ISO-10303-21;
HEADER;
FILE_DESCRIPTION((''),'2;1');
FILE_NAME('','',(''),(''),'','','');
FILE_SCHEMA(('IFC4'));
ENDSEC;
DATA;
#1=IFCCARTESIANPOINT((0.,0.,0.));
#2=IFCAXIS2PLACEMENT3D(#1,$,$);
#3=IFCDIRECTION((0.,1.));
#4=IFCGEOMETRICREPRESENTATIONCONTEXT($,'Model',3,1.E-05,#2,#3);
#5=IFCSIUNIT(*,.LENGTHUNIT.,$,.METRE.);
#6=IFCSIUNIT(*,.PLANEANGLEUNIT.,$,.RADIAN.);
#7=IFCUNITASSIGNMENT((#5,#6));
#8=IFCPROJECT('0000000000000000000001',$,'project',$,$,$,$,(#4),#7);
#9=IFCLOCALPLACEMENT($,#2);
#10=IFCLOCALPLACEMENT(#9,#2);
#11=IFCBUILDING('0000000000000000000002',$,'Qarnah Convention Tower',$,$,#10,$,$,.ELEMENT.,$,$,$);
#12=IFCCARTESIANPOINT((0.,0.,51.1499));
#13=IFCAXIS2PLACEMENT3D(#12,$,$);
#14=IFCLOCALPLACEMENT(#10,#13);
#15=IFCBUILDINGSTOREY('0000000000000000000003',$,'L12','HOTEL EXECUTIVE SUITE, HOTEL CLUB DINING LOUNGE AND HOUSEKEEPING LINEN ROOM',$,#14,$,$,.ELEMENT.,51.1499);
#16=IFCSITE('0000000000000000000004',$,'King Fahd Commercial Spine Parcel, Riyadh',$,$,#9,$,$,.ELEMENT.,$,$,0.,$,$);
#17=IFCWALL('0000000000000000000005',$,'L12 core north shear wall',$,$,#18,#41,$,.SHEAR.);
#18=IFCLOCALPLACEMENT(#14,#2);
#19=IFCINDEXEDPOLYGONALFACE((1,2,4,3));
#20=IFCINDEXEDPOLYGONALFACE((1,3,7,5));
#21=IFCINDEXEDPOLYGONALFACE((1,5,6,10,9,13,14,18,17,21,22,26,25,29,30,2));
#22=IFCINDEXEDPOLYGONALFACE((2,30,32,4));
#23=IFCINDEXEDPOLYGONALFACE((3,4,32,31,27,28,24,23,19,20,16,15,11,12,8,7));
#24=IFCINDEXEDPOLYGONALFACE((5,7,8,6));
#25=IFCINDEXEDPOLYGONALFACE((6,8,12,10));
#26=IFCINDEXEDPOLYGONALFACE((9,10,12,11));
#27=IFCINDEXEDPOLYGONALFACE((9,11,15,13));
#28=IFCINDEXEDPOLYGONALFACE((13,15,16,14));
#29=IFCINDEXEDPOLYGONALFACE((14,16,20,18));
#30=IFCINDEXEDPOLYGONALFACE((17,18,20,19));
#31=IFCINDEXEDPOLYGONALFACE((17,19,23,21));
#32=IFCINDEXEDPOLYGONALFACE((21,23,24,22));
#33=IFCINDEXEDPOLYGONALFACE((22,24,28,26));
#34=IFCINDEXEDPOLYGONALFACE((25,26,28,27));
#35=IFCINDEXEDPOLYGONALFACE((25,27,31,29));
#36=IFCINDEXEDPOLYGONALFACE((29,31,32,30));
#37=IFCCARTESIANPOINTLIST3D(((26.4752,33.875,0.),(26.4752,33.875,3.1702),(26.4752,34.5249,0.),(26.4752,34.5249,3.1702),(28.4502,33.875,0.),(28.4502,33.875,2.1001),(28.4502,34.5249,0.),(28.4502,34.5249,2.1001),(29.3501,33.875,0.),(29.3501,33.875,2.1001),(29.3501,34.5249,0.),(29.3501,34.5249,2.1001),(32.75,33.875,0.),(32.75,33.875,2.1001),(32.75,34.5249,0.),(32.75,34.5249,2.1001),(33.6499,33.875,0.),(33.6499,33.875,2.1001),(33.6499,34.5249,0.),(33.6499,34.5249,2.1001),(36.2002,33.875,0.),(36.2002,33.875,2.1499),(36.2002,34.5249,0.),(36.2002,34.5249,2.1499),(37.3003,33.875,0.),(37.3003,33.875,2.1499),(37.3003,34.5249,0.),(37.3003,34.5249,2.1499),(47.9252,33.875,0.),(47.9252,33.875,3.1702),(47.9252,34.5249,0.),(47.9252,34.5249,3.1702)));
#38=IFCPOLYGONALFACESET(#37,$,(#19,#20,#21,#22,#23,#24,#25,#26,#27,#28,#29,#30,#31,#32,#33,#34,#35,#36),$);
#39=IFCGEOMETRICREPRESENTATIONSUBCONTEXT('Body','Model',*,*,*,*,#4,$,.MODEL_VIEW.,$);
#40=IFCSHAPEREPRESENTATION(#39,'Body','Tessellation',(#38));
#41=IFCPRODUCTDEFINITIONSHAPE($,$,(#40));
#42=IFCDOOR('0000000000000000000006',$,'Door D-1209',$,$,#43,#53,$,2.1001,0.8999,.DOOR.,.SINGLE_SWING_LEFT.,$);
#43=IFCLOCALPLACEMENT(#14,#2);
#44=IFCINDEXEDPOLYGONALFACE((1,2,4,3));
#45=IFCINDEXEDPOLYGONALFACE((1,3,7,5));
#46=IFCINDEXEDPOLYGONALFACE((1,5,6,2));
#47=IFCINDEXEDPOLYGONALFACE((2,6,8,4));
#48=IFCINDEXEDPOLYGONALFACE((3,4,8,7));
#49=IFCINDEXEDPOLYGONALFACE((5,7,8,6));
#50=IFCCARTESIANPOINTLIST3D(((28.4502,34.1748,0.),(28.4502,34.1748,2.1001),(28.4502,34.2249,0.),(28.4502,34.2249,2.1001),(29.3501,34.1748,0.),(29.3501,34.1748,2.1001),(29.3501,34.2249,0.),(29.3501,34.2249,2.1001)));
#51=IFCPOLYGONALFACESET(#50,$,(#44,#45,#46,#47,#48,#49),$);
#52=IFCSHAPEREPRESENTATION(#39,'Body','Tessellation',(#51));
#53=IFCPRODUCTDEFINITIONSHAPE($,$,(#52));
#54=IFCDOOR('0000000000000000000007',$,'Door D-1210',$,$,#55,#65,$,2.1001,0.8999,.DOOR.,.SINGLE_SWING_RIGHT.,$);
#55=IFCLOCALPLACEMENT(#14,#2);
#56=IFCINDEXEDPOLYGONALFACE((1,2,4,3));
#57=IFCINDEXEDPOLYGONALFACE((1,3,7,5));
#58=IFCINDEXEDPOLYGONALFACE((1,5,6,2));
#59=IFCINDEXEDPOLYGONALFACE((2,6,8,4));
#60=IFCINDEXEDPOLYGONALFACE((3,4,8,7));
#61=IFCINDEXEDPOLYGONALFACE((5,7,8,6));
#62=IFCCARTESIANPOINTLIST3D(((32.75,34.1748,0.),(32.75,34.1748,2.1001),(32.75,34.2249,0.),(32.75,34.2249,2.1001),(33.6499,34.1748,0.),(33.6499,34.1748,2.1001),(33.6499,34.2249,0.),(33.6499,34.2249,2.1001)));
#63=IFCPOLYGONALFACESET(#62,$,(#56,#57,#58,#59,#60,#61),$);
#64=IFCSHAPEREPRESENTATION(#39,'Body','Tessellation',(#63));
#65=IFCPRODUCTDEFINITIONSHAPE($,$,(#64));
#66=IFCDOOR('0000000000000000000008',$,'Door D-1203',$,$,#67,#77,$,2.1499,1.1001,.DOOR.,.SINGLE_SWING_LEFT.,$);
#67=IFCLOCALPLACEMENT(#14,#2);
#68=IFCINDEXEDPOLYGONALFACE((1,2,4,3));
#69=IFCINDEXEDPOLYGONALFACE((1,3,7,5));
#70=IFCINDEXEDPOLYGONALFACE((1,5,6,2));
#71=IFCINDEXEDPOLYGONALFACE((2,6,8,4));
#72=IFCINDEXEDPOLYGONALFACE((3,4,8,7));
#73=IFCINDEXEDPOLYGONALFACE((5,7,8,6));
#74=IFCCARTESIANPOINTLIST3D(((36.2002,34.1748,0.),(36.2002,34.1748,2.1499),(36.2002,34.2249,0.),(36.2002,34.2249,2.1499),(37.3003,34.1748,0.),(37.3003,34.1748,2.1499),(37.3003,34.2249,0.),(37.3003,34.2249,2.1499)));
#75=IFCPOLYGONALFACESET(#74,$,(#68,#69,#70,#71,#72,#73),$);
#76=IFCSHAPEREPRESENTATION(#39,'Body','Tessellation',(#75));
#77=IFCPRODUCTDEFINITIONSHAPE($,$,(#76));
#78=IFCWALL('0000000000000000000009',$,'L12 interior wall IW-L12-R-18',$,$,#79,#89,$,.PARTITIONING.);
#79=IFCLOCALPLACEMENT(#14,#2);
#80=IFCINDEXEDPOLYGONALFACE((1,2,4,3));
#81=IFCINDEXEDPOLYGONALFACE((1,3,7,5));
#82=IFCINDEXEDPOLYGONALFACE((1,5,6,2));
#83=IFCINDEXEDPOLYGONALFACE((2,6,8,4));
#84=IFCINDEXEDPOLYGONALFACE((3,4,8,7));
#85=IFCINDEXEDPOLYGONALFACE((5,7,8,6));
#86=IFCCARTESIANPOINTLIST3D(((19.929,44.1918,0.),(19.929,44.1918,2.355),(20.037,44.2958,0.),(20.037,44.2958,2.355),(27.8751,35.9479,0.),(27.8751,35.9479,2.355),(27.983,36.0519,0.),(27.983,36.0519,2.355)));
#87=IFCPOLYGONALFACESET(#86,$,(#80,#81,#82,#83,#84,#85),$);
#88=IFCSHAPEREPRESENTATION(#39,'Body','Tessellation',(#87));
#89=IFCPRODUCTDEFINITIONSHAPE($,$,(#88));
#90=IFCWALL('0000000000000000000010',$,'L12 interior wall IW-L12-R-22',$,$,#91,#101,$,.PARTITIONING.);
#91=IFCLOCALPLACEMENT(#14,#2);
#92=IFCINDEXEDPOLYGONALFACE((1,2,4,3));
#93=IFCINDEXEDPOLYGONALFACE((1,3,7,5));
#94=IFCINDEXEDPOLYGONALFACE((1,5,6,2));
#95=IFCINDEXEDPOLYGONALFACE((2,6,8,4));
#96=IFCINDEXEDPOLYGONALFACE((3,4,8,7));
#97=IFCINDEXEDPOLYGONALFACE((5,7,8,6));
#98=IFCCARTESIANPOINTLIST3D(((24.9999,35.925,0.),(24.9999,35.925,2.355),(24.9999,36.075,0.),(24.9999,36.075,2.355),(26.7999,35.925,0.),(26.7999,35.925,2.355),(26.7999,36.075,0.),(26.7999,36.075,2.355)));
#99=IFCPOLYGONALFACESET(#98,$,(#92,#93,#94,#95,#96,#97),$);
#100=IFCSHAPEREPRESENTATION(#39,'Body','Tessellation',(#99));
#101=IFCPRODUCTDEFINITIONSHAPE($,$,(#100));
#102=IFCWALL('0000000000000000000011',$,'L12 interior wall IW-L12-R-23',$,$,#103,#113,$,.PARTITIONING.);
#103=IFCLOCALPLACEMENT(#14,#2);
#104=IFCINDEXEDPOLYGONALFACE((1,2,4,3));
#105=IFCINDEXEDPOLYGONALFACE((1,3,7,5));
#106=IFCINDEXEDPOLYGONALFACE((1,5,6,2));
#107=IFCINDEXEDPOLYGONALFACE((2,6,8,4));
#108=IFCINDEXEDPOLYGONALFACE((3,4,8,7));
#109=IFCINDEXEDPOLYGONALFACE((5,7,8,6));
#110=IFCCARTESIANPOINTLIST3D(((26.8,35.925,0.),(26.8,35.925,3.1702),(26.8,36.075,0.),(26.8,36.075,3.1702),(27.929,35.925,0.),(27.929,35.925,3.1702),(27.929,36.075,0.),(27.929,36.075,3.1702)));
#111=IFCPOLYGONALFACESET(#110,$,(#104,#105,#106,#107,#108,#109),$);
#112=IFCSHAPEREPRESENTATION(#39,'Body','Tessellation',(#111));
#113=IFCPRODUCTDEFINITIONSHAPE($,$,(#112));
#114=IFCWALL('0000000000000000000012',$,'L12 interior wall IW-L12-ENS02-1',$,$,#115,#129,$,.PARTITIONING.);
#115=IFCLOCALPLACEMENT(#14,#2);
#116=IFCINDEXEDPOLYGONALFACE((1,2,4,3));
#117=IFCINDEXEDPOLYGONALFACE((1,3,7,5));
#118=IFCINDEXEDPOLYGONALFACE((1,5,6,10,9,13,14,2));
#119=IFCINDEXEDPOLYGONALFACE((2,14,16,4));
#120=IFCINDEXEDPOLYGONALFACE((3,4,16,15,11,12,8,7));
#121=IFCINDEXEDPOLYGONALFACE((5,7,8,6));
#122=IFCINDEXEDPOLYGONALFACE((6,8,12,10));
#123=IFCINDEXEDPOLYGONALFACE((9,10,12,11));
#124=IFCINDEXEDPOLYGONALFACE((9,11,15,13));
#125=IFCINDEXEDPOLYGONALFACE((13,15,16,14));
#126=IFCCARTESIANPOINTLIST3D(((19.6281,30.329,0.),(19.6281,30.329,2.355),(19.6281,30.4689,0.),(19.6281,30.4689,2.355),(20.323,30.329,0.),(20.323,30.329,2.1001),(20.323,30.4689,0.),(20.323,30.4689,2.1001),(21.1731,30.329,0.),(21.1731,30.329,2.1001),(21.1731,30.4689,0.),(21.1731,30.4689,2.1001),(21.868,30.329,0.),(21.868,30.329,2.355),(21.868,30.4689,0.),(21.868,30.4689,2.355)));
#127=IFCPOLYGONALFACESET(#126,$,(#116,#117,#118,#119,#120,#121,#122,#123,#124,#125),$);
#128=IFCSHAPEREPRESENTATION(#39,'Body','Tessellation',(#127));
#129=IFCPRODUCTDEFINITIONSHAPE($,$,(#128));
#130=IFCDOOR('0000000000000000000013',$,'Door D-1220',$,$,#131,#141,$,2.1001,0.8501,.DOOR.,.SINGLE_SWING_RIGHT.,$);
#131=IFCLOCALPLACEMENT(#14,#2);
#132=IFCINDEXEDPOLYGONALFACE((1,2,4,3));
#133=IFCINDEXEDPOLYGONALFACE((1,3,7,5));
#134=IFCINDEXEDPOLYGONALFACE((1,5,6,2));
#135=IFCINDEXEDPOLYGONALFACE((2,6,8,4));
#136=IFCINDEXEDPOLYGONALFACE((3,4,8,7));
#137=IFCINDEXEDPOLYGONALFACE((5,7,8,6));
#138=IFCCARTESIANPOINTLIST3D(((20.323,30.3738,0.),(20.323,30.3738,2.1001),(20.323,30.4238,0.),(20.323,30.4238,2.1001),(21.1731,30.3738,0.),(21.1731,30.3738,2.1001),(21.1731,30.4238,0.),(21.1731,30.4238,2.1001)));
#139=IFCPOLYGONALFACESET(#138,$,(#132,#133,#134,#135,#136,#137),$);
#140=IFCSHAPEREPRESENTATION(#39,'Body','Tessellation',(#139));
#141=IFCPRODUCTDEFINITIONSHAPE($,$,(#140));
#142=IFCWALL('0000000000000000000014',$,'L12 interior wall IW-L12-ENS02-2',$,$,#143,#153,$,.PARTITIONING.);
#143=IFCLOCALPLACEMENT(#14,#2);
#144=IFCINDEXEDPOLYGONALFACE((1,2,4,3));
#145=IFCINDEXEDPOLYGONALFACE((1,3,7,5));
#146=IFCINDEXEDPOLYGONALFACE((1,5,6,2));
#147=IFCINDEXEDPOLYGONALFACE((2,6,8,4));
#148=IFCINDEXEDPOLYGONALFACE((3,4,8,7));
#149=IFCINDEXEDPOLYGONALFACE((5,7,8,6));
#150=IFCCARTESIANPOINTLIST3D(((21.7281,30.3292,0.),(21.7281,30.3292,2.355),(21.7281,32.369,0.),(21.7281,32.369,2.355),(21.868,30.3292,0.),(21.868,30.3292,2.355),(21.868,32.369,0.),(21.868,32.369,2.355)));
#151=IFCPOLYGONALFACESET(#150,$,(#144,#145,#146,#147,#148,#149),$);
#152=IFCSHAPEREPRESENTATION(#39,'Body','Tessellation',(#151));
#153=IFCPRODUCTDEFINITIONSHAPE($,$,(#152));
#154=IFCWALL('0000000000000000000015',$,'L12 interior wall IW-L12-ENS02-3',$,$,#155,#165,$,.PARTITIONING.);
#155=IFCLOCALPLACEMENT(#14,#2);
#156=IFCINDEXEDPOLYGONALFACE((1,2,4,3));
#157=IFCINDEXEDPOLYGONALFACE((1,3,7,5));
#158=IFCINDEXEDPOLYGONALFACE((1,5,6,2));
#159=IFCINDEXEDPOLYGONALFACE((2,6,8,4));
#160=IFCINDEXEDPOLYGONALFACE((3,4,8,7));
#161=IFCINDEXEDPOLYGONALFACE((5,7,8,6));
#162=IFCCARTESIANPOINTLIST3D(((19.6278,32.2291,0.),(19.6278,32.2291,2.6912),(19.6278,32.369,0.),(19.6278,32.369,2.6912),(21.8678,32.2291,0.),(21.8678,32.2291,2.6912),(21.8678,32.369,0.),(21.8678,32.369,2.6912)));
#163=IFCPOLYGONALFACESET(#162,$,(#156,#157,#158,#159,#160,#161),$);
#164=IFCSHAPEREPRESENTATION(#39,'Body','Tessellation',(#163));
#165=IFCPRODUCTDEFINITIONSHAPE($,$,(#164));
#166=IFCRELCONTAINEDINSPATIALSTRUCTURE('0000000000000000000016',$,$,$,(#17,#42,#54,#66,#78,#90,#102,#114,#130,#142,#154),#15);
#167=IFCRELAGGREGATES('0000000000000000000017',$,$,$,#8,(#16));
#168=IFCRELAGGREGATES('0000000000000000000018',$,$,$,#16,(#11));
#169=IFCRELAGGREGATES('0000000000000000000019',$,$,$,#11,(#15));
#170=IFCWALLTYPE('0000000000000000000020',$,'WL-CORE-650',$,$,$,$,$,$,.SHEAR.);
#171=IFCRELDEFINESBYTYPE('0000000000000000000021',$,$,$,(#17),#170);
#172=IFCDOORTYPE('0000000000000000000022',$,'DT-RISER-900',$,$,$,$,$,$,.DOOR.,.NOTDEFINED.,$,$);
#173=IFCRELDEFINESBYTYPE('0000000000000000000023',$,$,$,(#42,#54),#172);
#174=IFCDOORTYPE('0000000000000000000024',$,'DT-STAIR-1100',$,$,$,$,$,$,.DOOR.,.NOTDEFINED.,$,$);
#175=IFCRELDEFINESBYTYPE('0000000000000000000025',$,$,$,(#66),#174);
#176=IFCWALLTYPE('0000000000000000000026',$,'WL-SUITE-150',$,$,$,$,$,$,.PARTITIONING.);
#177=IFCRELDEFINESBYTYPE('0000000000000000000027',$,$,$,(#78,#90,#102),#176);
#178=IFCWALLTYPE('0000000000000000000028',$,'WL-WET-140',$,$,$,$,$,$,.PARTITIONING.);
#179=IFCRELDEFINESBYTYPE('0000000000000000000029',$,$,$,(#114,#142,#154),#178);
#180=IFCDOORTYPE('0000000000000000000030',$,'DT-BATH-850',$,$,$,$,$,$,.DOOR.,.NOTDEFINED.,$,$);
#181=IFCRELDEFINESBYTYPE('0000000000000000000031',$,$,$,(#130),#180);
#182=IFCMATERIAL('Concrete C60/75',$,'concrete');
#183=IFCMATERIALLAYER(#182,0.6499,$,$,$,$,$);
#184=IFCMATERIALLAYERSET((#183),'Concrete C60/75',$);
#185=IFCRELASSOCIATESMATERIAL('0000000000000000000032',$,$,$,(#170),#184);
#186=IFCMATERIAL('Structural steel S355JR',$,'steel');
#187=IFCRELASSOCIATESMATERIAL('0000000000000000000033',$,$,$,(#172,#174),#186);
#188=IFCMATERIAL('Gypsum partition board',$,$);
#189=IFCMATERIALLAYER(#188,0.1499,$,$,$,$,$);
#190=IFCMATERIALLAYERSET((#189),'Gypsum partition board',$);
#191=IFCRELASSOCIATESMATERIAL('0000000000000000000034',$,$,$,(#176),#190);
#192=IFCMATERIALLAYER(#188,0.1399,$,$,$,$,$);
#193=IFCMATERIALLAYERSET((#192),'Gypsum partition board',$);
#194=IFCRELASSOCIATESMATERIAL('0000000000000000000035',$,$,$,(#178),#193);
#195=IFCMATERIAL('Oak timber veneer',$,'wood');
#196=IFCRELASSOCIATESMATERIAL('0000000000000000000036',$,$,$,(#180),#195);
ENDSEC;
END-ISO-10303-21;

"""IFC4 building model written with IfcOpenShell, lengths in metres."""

from ifc_helpers import new_model, si_unit, direction, frame, frame_2d, origin, place, context, subcontext, project, spatial, rectangle, extrude, material, layer, layer_set, type_object, element, fill, save


model = new_model("IFC4")

# Units and contexts
model_context = context("Model", 3, precision=1e-05, world=origin(), true_north=direction((0.0, 1.0)))
body_context = subcontext(model_context, "Body", "Model", "MODEL_VIEW")
ifc_project = project(units=[si_unit("LENGTHUNIT", "METRE"), si_unit("PLANEANGLEUNIT", "RADIAN")], contexts=[model_context])

# Site, building, storey
site_placement = place(None, origin())
site = spatial("IfcSite", under=ifc_project, at=site_placement, Name="King Fahd Commercial Spine Parcel, Riyadh", CompositionType="ELEMENT", RefElevation=0.0)
building_placement = place(site_placement, origin())
building = spatial("IfcBuilding", under=site, at=building_placement, Name="Qarnah Convention Tower", CompositionType="ELEMENT")
storey_placement = place(building_placement, frame((0.0, 0.0, 51.1499)))
storey = spatial("IfcBuildingStorey", under=building, at=storey_placement, Name="L12", Description="HOTEL EXECUTIVE SUITE, HOTEL CLUB DINING LOUNGE AND HOUSEKEEPING LINEN ROOM", CompositionType="ELEMENT", Elevation=51.1499)

# Shared definitions
ifc_material_1 = material(Name="Concrete C60/75", Category="concrete")

# Shared definitions
ifc_material_2 = material(Name="Structural steel S355JR", Category="steel")

# Wall, openings, doors
ifc_layer_1 = layer(ifc_material_1, 0.6499)
ifc_layer_set_1 = layer_set([ifc_layer_1], Name="Concrete C60/75")
wall_type_1 = type_object("IfcWallType", Name="WL-CORE-650", PredefinedType="SHEAR", material=ifc_layer_set_1)
wall_1_placement = place(storey_placement, frame((26.4751, 34.2, 0.0), z_axis=(0.0, 0.0, 1.0), x_axis=(1.0, 0.0, 0.0)))
wall_1 = element("IfcWall", 1, at=wall_1_placement, inside=storey, type_object=wall_type_1, Name="L12 core north shear wall", PredefinedType="SHEAR", context=body_context, shape_type="SweptSolid", body=[
    extrude(rectangle(XDim=21.45, YDim=0.6499, at=frame_2d((10.7251, 0.0))), origin(), (0.0, 0.0, 1.0), 3.1702),
])
opening_1_placement = place(wall_1_placement, frame((9.7251, 0.0, 0.0)))
opening_1 = element("IfcOpeningElement", 2, at=opening_1_placement, cuts=wall_1, PredefinedType="OPENING", context=body_context, shape_type="SweptSolid", body=[
    extrude(rectangle(XDim=1.1001, YDim=2.1499, at=frame_2d((0.55, 1.075))), frame((0.0, 0.335, 0.0), z_axis=(0.0, -1.0, 0.0), x_axis=(1.0, 0.0, 0.0)), (0.0, 0.0, 1.0), 0.6699),
])
opening_2_placement = place(wall_1_placement, frame((1.9751, 0.0, 0.0)))
opening_2 = element("IfcOpeningElement", 3, at=opening_2_placement, cuts=wall_1, PredefinedType="OPENING", context=body_context, shape_type="SweptSolid", body=[
    extrude(rectangle(XDim=0.8999, YDim=2.1001, at=frame_2d((0.45, 1.05))), frame((0.0, 0.335, 0.0), z_axis=(0.0, -1.0, 0.0), x_axis=(1.0, 0.0, 0.0)), (0.0, 0.0, 1.0), 0.6699),
])
opening_3_placement = place(wall_1_placement, frame((6.2749, 0.0, 0.0)))
opening_3 = element("IfcOpeningElement", 4, at=opening_3_placement, cuts=wall_1, PredefinedType="OPENING", context=body_context, shape_type="SweptSolid", body=[
    extrude(rectangle(XDim=0.8999, YDim=2.1001, at=frame_2d((0.45, 1.05))), frame((0.0, 0.335, 0.0), z_axis=(0.0, -1.0, 0.0), x_axis=(1.0, 0.0, 0.0)), (0.0, 0.0, 1.0), 0.6699),
])
door_type_1 = type_object("IfcDoorType", Name="DT-RISER-900", OperationType="NOTDEFINED", PredefinedType="DOOR", material=ifc_material_2)
door_1_placement = place(opening_2_placement, origin())
door_1 = element("IfcDoor", 5, at=door_1_placement, inside=storey, type_object=door_type_1, Name="Door D-1209", OperationType="SINGLE_SWING_LEFT", OverallHeight=2.1001, OverallWidth=0.8999, PredefinedType="DOOR", context=body_context, shape_type="SweptSolid", body=[
    extrude(rectangle(XDim=0.8999, YDim=2.1001, at=frame_2d((0.45, 1.05))), frame((0.0, 0.0249, 0.0), z_axis=(0.0, -1.0, 0.0), x_axis=(1.0, 0.0, 0.0)), (0.0, 0.0, 1.0), 0.05),
])
fill(opening_2, door_1)
door_2_placement = place(opening_3_placement, origin())
door_2 = element("IfcDoor", 6, at=door_2_placement, inside=storey, type_object=door_type_1, Name="Door D-1210", OperationType="SINGLE_SWING_RIGHT", OverallHeight=2.1001, OverallWidth=0.8999, PredefinedType="DOOR", context=body_context, shape_type="SweptSolid", body=[
    extrude(rectangle(XDim=0.8999, YDim=2.1001, at=frame_2d((0.45, 1.05))), frame((0.0, 0.0249, 0.0), z_axis=(0.0, -1.0, 0.0), x_axis=(1.0, 0.0, 0.0)), (0.0, 0.0, 1.0), 0.05),
])
fill(opening_3, door_2)
door_type_2 = type_object("IfcDoorType", Name="DT-STAIR-1100", OperationType="NOTDEFINED", PredefinedType="DOOR", material=ifc_material_2)
door_3_placement = place(opening_1_placement, origin())
door_3 = element("IfcDoor", 7, at=door_3_placement, inside=storey, type_object=door_type_2, Name="Door D-1203", OperationType="SINGLE_SWING_LEFT", OverallHeight=2.1499, OverallWidth=1.1001, PredefinedType="DOOR", context=body_context, shape_type="SweptSolid", body=[
    extrude(rectangle(XDim=1.1001, YDim=2.1499, at=frame_2d((0.55, 1.075))), frame((0.0, 0.0249, 0.0), z_axis=(0.0, -1.0, 0.0), x_axis=(1.0, 0.0, 0.0)), (0.0, 0.0, 1.0), 0.05),
])
fill(opening_1, door_3)

# Walls
ifc_material_3 = material(Name="Gypsum partition board")
ifc_layer_2 = layer(ifc_material_3, 0.1499)
ifc_layer_set_2 = layer_set([ifc_layer_2], Name="Gypsum partition board")
wall_type_2 = type_object("IfcWallType", Name="WL-SUITE-150", PredefinedType="PARTITIONING", material=ifc_layer_set_2)
wall_2_placement = place(storey_placement, frame((19.9829, 44.2439, 0.0), z_axis=(0.0, 0.0, 1.0), x_axis=(0.69398, -0.719994, 0.0)))
element("IfcWall", 8, at=wall_2_placement, inside=storey, type_object=wall_type_2, Name="L12 interior wall IW-L12-R-18", PredefinedType="PARTITIONING", context=body_context, shape_type="SweptSolid", body=[
    extrude(rectangle(XDim=11.45, YDim=0.1499, at=frame_2d((5.7251, 0.0))), origin(), (0.0, 0.0, 1.0), 2.355),
])
wall_3_placement = place(storey_placement, frame((25.0, 36.0, 0.0), z_axis=(0.0, 0.0, 1.0), x_axis=(1.0, 0.0, 0.0)))
element("IfcWall", 9, at=wall_3_placement, inside=storey, type_object=wall_type_2, Name="L12 interior wall IW-L12-R-22", PredefinedType="PARTITIONING", context=body_context, shape_type="SweptSolid", body=[
    extrude(rectangle(XDim=1.8, YDim=0.1499, at=frame_2d((0.8999, 0.0))), origin(), (0.0, 0.0, 1.0), 2.355),
])
wall_4_placement = place(storey_placement, frame((26.8, 36.0, 0.0), z_axis=(0.0, 0.0, 1.0), x_axis=(1.0, 0.0, 0.0)))
element("IfcWall", 10, at=wall_4_placement, inside=storey, type_object=wall_type_2, Name="L12 interior wall IW-L12-R-23", PredefinedType="PARTITIONING", context=body_context, shape_type="SweptSolid", body=[
    extrude(rectangle(XDim=1.1289, YDim=0.1499, at=frame_2d((0.5645, 0.0))), origin(), (0.0, 0.0, 1.0), 3.1702),
])

# Wall, opening, door
ifc_layer_3 = layer(ifc_material_3, 0.1399)
ifc_layer_set_3 = layer_set([ifc_layer_3], Name="Gypsum partition board")
wall_type_3 = type_object("IfcWallType", Name="WL-WET-140", PredefinedType="PARTITIONING", material=ifc_layer_set_3)
wall_5_placement = place(storey_placement, frame((19.6279, 30.3989, 0.0), z_axis=(0.0, 0.0, 1.0), x_axis=(1.0, 0.0, 0.0)))
wall_5 = element("IfcWall", 11, at=wall_5_placement, inside=storey, type_object=wall_type_3, Name="L12 interior wall IW-L12-ENS02-1", PredefinedType="PARTITIONING", context=body_context, shape_type="SweptSolid", body=[
    extrude(rectangle(XDim=2.24, YDim=0.1399, at=frame_2d((1.1201, 0.0))), origin(), (0.0, 0.0, 1.0), 2.355),
])
opening_4_placement = place(wall_5_placement, frame((0.6951, 0.0, 0.0)))
opening_4 = element("IfcOpeningElement", 12, at=opening_4_placement, cuts=wall_5, PredefinedType="OPENING", context=body_context, shape_type="SweptSolid", body=[
    extrude(rectangle(XDim=0.8501, YDim=2.1001, at=frame_2d((0.425, 1.05))), frame((0.0, 0.0798, 0.0), z_axis=(0.0, -1.0, 0.0), x_axis=(1.0, 0.0, 0.0)), (0.0, 0.0, 1.0), 0.1599),
])
ifc_material_4 = material(Name="Oak timber veneer", Category="wood")
door_type_3 = type_object("IfcDoorType", Name="DT-BATH-850", OperationType="NOTDEFINED", PredefinedType="DOOR", material=ifc_material_4)
door_4_placement = place(opening_4_placement, origin())
door_4 = element("IfcDoor", 13, at=door_4_placement, inside=storey, type_object=door_type_3, Name="Door D-1220", OperationType="SINGLE_SWING_RIGHT", OverallHeight=2.1001, OverallWidth=0.8501, PredefinedType="DOOR", context=body_context, shape_type="SweptSolid", body=[
    extrude(rectangle(XDim=0.8501, YDim=2.1001, at=frame_2d((0.425, 1.05))), frame((0.0, 0.0249, 0.0), z_axis=(0.0, -1.0, 0.0), x_axis=(1.0, 0.0, 0.0)), (0.0, 0.0, 1.0), 0.05),
])
fill(opening_4, door_4)

# Walls
wall_6_placement = place(storey_placement, frame((21.7981, 30.3291, 0.0), z_axis=(0.0, 0.0, 1.0), x_axis=(0.0, 1.0, 0.0)))
element("IfcWall", 14, at=wall_6_placement, inside=storey, type_object=wall_type_3, Name="L12 interior wall IW-L12-ENS02-2", PredefinedType="PARTITIONING", context=body_context, shape_type="SweptSolid", body=[
    extrude(rectangle(XDim=2.0398, YDim=0.1399, at=frame_2d((1.02, 0.0))), origin(), (0.0, 0.0, 1.0), 2.355),
])
wall_7_placement = place(storey_placement, frame((21.8679, 32.2991, 0.0), z_axis=(0.0, 0.0, 1.0), x_axis=(-1.0, 0.0, 0.0)))
element("IfcWall", 15, at=wall_7_placement, inside=storey, type_object=wall_type_3, Name="L12 interior wall IW-L12-ENS02-3", PredefinedType="PARTITIONING", context=body_context, shape_type="SweptSolid", body=[
    extrude(rectangle(XDim=2.24, YDim=0.1399, at=frame_2d((1.1201, 0.0))), origin(), (0.0, 0.0, 1.0), 2.6912),
])

save(model, "model.ifc")
